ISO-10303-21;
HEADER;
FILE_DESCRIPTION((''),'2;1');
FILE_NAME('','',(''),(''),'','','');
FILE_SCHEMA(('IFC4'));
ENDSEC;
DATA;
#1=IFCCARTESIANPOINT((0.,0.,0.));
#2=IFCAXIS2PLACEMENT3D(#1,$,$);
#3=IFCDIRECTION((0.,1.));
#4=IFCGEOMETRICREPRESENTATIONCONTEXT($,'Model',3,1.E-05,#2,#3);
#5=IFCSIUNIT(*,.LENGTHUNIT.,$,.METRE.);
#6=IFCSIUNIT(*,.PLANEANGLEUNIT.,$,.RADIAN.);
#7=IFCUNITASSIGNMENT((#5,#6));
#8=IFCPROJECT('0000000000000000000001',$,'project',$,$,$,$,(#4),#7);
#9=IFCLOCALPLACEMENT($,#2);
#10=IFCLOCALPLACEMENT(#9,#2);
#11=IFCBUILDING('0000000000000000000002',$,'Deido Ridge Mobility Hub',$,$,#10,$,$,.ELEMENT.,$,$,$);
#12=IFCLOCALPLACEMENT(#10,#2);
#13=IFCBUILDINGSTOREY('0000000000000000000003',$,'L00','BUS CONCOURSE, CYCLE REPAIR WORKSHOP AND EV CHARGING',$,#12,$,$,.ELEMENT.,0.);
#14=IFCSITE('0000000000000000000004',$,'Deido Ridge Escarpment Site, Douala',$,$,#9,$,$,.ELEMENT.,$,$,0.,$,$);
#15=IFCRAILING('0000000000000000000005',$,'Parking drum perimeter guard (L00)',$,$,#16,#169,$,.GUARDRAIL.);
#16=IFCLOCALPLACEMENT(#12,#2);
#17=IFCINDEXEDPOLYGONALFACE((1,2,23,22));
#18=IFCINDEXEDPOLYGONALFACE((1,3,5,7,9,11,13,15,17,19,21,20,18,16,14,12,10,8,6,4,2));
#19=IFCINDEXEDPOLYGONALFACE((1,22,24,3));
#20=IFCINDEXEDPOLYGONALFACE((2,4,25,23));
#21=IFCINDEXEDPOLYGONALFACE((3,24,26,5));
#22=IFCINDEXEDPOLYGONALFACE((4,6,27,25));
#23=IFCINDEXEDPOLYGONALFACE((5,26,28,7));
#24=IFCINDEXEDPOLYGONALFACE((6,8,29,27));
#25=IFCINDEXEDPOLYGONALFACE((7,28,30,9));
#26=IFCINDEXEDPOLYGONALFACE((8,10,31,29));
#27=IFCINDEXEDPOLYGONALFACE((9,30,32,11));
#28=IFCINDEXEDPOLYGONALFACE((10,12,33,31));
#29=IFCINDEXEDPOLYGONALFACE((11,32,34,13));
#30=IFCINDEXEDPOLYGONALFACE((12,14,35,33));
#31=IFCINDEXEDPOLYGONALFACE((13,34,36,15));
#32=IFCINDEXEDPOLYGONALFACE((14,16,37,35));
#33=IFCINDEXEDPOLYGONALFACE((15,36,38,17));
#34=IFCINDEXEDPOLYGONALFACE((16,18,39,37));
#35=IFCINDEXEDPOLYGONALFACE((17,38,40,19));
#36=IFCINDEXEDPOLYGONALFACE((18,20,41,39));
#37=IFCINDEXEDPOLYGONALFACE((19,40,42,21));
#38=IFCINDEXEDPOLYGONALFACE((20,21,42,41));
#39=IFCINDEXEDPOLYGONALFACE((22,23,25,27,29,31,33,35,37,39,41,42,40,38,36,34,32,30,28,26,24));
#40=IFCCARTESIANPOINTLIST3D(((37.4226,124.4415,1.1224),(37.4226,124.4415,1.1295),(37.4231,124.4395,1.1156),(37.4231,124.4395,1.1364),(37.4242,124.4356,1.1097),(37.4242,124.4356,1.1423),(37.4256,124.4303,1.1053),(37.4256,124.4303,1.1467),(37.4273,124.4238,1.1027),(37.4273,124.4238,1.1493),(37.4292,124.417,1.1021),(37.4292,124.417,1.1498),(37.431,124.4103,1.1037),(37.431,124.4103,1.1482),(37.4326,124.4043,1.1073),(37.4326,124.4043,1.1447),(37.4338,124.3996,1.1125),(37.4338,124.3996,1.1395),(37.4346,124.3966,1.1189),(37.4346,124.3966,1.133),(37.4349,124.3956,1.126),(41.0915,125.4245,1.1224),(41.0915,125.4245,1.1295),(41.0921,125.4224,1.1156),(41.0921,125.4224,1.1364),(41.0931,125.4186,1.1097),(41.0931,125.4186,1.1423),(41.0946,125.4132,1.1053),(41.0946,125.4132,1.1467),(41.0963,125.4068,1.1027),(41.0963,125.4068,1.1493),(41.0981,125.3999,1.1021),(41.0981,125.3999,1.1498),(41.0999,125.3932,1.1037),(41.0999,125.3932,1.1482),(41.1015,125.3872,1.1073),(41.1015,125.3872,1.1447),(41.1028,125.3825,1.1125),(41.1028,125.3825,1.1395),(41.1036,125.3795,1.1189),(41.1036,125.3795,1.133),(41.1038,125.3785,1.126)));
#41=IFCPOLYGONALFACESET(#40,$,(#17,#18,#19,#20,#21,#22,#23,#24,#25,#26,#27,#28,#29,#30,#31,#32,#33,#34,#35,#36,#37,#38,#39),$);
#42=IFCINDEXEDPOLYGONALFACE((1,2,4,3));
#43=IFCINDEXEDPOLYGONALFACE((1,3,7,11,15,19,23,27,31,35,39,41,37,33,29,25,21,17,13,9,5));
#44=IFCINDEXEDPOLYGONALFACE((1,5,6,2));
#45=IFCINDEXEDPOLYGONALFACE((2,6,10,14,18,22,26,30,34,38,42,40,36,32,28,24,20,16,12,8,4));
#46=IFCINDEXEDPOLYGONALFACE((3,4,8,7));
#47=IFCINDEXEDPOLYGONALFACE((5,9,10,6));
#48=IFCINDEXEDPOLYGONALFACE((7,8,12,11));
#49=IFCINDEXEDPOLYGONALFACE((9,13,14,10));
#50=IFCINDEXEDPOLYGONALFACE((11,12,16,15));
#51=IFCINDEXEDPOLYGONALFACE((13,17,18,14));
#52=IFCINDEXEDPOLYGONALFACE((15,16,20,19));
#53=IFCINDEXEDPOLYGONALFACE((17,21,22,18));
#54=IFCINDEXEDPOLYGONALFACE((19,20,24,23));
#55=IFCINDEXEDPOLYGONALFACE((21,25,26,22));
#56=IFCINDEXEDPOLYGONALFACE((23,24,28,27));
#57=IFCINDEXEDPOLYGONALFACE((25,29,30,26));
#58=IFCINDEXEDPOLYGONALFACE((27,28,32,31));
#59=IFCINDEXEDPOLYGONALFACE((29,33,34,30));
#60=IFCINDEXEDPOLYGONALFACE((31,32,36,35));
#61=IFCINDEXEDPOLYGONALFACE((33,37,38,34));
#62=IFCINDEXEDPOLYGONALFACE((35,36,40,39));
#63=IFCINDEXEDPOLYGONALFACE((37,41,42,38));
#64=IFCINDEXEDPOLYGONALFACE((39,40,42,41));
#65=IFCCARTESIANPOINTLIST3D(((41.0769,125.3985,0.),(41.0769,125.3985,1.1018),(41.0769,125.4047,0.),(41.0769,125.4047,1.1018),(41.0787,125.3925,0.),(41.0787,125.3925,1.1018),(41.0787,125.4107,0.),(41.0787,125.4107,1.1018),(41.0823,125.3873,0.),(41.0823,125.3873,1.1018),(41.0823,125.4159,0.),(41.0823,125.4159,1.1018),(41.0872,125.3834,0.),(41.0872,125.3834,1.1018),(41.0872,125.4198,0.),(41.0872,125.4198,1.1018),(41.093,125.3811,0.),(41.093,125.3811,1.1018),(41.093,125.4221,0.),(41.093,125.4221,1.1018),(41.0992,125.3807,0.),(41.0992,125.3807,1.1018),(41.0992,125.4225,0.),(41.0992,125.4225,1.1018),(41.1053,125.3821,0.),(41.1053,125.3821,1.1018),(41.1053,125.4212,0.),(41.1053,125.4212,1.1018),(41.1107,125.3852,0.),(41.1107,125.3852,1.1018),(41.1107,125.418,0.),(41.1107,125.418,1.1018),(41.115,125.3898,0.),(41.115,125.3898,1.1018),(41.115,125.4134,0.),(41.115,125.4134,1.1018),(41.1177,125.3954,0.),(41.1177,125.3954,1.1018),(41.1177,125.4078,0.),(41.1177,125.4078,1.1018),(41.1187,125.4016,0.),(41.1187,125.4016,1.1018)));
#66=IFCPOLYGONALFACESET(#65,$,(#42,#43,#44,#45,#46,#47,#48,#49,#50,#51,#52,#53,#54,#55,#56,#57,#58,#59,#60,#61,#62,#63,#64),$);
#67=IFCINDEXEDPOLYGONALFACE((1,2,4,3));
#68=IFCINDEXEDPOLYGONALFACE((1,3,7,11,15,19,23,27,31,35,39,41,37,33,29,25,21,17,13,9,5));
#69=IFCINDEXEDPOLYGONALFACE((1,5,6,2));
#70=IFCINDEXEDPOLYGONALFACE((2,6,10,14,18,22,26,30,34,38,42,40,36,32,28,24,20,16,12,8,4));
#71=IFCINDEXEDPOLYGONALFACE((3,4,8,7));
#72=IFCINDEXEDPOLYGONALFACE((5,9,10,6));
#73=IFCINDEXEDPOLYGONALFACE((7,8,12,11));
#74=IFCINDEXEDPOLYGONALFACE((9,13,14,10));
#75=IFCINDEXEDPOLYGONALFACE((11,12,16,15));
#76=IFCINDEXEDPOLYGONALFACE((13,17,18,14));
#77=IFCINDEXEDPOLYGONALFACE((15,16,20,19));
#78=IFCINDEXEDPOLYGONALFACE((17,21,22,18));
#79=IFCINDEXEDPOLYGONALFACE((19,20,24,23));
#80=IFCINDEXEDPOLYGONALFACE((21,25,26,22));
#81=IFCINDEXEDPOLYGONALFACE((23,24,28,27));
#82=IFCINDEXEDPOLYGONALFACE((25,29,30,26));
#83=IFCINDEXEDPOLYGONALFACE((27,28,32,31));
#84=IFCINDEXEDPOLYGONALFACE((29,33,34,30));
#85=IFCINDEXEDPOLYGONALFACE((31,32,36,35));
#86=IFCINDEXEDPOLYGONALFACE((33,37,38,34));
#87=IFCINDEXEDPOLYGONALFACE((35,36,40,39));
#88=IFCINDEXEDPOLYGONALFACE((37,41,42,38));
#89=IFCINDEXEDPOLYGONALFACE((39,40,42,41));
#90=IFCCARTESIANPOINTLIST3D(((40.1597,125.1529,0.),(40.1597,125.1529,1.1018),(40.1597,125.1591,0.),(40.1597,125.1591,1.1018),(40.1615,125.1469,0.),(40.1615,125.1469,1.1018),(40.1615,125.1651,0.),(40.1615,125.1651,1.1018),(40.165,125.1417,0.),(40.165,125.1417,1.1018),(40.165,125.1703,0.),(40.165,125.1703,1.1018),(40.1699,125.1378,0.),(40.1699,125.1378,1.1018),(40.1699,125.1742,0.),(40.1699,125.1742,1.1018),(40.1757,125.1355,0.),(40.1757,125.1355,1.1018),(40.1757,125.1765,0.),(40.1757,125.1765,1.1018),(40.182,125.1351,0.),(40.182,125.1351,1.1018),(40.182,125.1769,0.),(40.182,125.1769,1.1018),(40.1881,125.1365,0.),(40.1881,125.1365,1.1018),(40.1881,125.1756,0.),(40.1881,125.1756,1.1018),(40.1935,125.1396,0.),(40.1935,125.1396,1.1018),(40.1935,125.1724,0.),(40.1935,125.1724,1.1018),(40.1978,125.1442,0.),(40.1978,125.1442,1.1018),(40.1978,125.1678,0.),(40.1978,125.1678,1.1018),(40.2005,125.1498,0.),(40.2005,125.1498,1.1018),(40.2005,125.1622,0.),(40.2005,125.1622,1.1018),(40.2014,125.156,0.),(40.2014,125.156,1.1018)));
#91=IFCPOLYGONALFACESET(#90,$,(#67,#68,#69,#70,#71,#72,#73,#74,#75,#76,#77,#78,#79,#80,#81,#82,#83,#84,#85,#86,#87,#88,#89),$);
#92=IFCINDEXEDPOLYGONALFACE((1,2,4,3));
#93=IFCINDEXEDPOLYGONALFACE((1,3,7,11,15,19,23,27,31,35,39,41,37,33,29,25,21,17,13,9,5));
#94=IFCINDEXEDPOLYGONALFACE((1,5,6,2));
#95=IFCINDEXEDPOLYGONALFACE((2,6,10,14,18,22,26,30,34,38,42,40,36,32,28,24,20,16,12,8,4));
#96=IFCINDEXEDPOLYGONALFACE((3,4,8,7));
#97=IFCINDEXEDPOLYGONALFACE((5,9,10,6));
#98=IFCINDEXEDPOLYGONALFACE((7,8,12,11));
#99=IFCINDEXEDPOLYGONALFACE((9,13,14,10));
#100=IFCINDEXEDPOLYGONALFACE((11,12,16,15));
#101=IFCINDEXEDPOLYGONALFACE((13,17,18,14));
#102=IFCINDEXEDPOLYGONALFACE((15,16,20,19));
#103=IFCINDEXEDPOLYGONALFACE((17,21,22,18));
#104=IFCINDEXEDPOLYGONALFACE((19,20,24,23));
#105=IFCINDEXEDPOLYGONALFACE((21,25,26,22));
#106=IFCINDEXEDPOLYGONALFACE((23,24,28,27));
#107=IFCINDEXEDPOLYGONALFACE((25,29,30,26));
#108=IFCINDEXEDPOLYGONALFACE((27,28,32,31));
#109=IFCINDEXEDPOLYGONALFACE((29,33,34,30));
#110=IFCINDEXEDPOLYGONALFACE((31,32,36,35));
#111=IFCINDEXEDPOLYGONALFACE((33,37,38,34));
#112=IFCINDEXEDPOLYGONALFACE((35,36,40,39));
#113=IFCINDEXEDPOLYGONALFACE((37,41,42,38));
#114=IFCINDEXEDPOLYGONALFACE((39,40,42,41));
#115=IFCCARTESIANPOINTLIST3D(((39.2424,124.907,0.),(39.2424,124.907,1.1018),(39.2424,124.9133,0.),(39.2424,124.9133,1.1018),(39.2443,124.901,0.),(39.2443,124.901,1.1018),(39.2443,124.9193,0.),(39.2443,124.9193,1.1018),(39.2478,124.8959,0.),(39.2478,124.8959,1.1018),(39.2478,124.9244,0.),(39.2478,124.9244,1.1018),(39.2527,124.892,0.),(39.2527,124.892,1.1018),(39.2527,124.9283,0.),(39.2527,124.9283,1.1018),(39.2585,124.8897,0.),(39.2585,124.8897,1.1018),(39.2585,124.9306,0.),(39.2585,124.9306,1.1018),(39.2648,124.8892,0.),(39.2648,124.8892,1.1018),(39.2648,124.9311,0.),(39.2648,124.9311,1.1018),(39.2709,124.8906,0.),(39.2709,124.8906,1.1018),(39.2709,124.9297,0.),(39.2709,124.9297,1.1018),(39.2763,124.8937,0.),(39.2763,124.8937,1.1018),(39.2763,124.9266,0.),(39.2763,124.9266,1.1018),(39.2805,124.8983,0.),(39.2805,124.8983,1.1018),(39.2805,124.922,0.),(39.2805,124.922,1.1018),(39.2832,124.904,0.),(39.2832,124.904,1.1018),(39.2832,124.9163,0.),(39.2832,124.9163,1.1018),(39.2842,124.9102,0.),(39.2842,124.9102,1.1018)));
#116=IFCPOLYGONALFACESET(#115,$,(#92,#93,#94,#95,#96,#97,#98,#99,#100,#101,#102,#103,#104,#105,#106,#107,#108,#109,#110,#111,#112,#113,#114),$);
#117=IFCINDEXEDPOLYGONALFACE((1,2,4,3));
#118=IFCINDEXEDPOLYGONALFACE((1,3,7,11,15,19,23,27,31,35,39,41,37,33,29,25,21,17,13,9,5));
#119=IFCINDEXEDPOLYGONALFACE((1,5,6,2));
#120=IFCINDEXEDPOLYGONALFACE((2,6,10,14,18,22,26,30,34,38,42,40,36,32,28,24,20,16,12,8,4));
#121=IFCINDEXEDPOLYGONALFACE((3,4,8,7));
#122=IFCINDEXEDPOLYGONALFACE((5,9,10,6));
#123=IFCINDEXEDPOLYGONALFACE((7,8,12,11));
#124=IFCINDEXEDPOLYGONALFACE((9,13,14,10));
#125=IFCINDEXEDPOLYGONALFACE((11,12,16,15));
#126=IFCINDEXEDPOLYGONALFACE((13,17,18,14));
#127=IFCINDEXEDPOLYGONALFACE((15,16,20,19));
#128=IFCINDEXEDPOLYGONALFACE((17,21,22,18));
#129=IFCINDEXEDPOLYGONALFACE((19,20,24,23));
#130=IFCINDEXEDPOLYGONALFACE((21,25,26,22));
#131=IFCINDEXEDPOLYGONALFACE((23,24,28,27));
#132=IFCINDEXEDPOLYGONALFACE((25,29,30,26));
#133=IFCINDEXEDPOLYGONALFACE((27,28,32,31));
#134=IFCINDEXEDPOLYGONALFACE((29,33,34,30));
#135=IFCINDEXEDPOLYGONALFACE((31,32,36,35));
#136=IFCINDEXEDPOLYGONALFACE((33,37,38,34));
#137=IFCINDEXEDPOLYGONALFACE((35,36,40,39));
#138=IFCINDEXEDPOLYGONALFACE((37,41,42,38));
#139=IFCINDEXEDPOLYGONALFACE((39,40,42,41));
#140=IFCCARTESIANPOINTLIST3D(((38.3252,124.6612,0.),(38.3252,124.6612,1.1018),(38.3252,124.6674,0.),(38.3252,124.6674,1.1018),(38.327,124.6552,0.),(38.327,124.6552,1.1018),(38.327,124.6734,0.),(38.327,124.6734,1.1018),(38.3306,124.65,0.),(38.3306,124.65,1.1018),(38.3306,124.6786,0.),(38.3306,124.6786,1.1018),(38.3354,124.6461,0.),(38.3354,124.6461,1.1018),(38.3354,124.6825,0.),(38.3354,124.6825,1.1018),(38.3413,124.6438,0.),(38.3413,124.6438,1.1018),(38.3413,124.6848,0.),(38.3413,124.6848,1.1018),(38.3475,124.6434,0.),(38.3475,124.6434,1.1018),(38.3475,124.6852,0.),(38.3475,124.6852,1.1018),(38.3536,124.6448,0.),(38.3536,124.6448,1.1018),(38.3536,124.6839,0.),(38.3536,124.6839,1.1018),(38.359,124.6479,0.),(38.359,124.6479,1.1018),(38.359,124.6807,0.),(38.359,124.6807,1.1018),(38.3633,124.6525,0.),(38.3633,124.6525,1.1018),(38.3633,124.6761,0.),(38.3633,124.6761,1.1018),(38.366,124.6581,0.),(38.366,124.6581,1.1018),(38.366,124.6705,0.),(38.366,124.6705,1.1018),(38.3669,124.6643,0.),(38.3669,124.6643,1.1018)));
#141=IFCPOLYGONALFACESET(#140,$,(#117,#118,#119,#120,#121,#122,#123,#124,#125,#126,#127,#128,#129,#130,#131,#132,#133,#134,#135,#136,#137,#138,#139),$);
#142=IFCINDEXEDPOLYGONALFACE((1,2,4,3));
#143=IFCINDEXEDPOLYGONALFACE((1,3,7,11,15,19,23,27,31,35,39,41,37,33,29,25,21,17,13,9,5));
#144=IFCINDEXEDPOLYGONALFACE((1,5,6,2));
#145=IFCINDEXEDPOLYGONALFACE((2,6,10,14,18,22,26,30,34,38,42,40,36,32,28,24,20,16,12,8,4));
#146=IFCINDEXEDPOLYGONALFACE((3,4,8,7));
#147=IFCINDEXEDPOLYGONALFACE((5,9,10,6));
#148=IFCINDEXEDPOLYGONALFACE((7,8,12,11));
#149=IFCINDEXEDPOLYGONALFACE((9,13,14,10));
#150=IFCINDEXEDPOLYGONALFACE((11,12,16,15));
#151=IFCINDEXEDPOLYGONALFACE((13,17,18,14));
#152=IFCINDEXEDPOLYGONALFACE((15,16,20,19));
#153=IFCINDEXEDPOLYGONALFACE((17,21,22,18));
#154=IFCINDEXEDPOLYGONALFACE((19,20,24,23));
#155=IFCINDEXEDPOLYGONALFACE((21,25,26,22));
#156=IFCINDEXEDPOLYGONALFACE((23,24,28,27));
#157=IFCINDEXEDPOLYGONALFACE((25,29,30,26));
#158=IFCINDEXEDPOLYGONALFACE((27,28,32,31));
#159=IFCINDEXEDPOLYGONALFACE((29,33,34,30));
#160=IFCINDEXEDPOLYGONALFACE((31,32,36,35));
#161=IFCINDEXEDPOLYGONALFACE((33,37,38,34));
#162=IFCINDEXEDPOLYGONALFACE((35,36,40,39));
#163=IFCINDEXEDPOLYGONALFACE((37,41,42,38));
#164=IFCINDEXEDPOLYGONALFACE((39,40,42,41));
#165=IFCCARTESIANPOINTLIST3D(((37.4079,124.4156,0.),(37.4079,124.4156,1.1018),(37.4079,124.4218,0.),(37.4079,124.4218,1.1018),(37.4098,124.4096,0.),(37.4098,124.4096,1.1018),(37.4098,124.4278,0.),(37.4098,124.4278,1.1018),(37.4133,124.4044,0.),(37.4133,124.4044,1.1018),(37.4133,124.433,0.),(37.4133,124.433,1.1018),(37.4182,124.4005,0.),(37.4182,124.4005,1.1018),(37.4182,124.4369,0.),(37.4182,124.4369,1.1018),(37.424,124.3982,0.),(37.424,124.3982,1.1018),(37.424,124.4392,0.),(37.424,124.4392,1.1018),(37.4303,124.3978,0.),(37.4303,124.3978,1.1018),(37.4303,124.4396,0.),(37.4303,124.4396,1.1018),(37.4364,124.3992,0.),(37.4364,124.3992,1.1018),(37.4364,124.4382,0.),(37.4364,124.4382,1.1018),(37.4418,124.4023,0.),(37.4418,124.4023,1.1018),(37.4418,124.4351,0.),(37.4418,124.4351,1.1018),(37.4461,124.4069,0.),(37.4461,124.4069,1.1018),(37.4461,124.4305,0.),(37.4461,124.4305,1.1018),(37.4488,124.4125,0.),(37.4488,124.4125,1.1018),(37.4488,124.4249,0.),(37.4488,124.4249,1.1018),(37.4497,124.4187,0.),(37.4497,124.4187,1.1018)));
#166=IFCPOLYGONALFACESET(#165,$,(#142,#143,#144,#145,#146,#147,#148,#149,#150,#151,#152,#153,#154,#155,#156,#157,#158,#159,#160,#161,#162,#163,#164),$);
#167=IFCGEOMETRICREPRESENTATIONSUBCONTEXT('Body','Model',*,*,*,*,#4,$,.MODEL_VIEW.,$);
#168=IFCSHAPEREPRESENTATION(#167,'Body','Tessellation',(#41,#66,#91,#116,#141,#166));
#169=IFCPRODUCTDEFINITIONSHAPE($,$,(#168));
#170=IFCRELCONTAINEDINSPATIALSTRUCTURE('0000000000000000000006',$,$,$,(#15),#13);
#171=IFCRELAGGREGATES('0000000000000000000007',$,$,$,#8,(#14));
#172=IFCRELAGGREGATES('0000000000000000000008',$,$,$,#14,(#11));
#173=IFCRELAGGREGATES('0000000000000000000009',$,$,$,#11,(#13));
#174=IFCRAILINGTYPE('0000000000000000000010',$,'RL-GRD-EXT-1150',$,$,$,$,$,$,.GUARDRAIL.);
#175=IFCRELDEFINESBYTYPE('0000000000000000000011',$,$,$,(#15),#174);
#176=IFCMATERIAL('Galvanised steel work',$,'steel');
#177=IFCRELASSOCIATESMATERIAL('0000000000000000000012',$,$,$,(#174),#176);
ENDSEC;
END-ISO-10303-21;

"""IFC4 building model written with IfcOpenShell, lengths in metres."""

from ifc_helpers import new_model, si_unit, direction, frame, origin, origin_2d, place, context, subcontext, project, spatial, circle, extrude, material, type_object, element, save


model = new_model("IFC4")

# Units and contexts
model_context = context("Model", 3, precision=1e-05, world=origin(), true_north=direction((0.0, 1.0)))
body_context = subcontext(model_context, "Body", "Model", "MODEL_VIEW")
ifc_project = project(units=[si_unit("LENGTHUNIT", "METRE"), si_unit("PLANEANGLEUNIT", "RADIAN")], contexts=[model_context])

# Site, building, storey
site_placement = place(None, origin())
site = spatial("IfcSite", under=ifc_project, at=site_placement, Name="Deido Ridge Escarpment Site, Douala", CompositionType="ELEMENT", RefElevation=0.0)
building_placement = place(site_placement, origin())
building = spatial("IfcBuilding", under=site, at=building_placement, Name="Deido Ridge Mobility Hub", CompositionType="ELEMENT")
storey_placement = place(building_placement, origin())
storey = spatial("IfcBuildingStorey", under=building, at=storey_placement, Name="L00", Description="BUS CONCOURSE, CYCLE REPAIR WORKSHOP AND EV CHARGING", CompositionType="ELEMENT", Elevation=0.0)

# Railing
ifc_material_1 = material(Name="Galvanised steel work", Category="steel")
railing_type = type_object("IfcRailingType", Name="RL-GRD-EXT-1150", PredefinedType="GUARDRAIL", material=ifc_material_1)
railing_1_placement = place(storey_placement, frame((41.0977, 125.4016, 0.0)))
element("IfcRailing", 1, at=railing_1_placement, inside=storey, type_object=railing_type, Name="Parking drum perimeter guard (L00)", PredefinedType="GUARDRAIL", context=body_context, shape_type="SweptSolid", body=[
    extrude(circle(Radius=0.0239, at=origin_2d()), frame((0.0, 0.0, 1.126), z_axis=(-0.965938, -0.258775, 0.0), x_axis=(0.258775, -0.965938, 0.0)), (0.0, 0.0, 1.0), 3.7983),
    extrude(circle(Radius=0.021, at=origin_2d()), origin(), (0.0, 0.0, 1.0), 1.1018),
    extrude(circle(Radius=0.021, at=origin_2d()), frame((-0.9172, -0.2456, 0.0)), (0.0, 0.0, 1.0), 1.1018),
    extrude(circle(Radius=0.021, at=origin_2d()), frame((-1.8345, -0.4915, 0.0)), (0.0, 0.0, 1.0), 1.1018),
    extrude(circle(Radius=0.021, at=origin_2d()), frame((-2.7517, -0.7373, 0.0)), (0.0, 0.0, 1.0), 1.1018),
    extrude(circle(Radius=0.021, at=origin_2d()), frame((-3.6689, -0.9829, 0.0)), (0.0, 0.0, 1.0), 1.1018),
])

save(model, "model.ifc")
